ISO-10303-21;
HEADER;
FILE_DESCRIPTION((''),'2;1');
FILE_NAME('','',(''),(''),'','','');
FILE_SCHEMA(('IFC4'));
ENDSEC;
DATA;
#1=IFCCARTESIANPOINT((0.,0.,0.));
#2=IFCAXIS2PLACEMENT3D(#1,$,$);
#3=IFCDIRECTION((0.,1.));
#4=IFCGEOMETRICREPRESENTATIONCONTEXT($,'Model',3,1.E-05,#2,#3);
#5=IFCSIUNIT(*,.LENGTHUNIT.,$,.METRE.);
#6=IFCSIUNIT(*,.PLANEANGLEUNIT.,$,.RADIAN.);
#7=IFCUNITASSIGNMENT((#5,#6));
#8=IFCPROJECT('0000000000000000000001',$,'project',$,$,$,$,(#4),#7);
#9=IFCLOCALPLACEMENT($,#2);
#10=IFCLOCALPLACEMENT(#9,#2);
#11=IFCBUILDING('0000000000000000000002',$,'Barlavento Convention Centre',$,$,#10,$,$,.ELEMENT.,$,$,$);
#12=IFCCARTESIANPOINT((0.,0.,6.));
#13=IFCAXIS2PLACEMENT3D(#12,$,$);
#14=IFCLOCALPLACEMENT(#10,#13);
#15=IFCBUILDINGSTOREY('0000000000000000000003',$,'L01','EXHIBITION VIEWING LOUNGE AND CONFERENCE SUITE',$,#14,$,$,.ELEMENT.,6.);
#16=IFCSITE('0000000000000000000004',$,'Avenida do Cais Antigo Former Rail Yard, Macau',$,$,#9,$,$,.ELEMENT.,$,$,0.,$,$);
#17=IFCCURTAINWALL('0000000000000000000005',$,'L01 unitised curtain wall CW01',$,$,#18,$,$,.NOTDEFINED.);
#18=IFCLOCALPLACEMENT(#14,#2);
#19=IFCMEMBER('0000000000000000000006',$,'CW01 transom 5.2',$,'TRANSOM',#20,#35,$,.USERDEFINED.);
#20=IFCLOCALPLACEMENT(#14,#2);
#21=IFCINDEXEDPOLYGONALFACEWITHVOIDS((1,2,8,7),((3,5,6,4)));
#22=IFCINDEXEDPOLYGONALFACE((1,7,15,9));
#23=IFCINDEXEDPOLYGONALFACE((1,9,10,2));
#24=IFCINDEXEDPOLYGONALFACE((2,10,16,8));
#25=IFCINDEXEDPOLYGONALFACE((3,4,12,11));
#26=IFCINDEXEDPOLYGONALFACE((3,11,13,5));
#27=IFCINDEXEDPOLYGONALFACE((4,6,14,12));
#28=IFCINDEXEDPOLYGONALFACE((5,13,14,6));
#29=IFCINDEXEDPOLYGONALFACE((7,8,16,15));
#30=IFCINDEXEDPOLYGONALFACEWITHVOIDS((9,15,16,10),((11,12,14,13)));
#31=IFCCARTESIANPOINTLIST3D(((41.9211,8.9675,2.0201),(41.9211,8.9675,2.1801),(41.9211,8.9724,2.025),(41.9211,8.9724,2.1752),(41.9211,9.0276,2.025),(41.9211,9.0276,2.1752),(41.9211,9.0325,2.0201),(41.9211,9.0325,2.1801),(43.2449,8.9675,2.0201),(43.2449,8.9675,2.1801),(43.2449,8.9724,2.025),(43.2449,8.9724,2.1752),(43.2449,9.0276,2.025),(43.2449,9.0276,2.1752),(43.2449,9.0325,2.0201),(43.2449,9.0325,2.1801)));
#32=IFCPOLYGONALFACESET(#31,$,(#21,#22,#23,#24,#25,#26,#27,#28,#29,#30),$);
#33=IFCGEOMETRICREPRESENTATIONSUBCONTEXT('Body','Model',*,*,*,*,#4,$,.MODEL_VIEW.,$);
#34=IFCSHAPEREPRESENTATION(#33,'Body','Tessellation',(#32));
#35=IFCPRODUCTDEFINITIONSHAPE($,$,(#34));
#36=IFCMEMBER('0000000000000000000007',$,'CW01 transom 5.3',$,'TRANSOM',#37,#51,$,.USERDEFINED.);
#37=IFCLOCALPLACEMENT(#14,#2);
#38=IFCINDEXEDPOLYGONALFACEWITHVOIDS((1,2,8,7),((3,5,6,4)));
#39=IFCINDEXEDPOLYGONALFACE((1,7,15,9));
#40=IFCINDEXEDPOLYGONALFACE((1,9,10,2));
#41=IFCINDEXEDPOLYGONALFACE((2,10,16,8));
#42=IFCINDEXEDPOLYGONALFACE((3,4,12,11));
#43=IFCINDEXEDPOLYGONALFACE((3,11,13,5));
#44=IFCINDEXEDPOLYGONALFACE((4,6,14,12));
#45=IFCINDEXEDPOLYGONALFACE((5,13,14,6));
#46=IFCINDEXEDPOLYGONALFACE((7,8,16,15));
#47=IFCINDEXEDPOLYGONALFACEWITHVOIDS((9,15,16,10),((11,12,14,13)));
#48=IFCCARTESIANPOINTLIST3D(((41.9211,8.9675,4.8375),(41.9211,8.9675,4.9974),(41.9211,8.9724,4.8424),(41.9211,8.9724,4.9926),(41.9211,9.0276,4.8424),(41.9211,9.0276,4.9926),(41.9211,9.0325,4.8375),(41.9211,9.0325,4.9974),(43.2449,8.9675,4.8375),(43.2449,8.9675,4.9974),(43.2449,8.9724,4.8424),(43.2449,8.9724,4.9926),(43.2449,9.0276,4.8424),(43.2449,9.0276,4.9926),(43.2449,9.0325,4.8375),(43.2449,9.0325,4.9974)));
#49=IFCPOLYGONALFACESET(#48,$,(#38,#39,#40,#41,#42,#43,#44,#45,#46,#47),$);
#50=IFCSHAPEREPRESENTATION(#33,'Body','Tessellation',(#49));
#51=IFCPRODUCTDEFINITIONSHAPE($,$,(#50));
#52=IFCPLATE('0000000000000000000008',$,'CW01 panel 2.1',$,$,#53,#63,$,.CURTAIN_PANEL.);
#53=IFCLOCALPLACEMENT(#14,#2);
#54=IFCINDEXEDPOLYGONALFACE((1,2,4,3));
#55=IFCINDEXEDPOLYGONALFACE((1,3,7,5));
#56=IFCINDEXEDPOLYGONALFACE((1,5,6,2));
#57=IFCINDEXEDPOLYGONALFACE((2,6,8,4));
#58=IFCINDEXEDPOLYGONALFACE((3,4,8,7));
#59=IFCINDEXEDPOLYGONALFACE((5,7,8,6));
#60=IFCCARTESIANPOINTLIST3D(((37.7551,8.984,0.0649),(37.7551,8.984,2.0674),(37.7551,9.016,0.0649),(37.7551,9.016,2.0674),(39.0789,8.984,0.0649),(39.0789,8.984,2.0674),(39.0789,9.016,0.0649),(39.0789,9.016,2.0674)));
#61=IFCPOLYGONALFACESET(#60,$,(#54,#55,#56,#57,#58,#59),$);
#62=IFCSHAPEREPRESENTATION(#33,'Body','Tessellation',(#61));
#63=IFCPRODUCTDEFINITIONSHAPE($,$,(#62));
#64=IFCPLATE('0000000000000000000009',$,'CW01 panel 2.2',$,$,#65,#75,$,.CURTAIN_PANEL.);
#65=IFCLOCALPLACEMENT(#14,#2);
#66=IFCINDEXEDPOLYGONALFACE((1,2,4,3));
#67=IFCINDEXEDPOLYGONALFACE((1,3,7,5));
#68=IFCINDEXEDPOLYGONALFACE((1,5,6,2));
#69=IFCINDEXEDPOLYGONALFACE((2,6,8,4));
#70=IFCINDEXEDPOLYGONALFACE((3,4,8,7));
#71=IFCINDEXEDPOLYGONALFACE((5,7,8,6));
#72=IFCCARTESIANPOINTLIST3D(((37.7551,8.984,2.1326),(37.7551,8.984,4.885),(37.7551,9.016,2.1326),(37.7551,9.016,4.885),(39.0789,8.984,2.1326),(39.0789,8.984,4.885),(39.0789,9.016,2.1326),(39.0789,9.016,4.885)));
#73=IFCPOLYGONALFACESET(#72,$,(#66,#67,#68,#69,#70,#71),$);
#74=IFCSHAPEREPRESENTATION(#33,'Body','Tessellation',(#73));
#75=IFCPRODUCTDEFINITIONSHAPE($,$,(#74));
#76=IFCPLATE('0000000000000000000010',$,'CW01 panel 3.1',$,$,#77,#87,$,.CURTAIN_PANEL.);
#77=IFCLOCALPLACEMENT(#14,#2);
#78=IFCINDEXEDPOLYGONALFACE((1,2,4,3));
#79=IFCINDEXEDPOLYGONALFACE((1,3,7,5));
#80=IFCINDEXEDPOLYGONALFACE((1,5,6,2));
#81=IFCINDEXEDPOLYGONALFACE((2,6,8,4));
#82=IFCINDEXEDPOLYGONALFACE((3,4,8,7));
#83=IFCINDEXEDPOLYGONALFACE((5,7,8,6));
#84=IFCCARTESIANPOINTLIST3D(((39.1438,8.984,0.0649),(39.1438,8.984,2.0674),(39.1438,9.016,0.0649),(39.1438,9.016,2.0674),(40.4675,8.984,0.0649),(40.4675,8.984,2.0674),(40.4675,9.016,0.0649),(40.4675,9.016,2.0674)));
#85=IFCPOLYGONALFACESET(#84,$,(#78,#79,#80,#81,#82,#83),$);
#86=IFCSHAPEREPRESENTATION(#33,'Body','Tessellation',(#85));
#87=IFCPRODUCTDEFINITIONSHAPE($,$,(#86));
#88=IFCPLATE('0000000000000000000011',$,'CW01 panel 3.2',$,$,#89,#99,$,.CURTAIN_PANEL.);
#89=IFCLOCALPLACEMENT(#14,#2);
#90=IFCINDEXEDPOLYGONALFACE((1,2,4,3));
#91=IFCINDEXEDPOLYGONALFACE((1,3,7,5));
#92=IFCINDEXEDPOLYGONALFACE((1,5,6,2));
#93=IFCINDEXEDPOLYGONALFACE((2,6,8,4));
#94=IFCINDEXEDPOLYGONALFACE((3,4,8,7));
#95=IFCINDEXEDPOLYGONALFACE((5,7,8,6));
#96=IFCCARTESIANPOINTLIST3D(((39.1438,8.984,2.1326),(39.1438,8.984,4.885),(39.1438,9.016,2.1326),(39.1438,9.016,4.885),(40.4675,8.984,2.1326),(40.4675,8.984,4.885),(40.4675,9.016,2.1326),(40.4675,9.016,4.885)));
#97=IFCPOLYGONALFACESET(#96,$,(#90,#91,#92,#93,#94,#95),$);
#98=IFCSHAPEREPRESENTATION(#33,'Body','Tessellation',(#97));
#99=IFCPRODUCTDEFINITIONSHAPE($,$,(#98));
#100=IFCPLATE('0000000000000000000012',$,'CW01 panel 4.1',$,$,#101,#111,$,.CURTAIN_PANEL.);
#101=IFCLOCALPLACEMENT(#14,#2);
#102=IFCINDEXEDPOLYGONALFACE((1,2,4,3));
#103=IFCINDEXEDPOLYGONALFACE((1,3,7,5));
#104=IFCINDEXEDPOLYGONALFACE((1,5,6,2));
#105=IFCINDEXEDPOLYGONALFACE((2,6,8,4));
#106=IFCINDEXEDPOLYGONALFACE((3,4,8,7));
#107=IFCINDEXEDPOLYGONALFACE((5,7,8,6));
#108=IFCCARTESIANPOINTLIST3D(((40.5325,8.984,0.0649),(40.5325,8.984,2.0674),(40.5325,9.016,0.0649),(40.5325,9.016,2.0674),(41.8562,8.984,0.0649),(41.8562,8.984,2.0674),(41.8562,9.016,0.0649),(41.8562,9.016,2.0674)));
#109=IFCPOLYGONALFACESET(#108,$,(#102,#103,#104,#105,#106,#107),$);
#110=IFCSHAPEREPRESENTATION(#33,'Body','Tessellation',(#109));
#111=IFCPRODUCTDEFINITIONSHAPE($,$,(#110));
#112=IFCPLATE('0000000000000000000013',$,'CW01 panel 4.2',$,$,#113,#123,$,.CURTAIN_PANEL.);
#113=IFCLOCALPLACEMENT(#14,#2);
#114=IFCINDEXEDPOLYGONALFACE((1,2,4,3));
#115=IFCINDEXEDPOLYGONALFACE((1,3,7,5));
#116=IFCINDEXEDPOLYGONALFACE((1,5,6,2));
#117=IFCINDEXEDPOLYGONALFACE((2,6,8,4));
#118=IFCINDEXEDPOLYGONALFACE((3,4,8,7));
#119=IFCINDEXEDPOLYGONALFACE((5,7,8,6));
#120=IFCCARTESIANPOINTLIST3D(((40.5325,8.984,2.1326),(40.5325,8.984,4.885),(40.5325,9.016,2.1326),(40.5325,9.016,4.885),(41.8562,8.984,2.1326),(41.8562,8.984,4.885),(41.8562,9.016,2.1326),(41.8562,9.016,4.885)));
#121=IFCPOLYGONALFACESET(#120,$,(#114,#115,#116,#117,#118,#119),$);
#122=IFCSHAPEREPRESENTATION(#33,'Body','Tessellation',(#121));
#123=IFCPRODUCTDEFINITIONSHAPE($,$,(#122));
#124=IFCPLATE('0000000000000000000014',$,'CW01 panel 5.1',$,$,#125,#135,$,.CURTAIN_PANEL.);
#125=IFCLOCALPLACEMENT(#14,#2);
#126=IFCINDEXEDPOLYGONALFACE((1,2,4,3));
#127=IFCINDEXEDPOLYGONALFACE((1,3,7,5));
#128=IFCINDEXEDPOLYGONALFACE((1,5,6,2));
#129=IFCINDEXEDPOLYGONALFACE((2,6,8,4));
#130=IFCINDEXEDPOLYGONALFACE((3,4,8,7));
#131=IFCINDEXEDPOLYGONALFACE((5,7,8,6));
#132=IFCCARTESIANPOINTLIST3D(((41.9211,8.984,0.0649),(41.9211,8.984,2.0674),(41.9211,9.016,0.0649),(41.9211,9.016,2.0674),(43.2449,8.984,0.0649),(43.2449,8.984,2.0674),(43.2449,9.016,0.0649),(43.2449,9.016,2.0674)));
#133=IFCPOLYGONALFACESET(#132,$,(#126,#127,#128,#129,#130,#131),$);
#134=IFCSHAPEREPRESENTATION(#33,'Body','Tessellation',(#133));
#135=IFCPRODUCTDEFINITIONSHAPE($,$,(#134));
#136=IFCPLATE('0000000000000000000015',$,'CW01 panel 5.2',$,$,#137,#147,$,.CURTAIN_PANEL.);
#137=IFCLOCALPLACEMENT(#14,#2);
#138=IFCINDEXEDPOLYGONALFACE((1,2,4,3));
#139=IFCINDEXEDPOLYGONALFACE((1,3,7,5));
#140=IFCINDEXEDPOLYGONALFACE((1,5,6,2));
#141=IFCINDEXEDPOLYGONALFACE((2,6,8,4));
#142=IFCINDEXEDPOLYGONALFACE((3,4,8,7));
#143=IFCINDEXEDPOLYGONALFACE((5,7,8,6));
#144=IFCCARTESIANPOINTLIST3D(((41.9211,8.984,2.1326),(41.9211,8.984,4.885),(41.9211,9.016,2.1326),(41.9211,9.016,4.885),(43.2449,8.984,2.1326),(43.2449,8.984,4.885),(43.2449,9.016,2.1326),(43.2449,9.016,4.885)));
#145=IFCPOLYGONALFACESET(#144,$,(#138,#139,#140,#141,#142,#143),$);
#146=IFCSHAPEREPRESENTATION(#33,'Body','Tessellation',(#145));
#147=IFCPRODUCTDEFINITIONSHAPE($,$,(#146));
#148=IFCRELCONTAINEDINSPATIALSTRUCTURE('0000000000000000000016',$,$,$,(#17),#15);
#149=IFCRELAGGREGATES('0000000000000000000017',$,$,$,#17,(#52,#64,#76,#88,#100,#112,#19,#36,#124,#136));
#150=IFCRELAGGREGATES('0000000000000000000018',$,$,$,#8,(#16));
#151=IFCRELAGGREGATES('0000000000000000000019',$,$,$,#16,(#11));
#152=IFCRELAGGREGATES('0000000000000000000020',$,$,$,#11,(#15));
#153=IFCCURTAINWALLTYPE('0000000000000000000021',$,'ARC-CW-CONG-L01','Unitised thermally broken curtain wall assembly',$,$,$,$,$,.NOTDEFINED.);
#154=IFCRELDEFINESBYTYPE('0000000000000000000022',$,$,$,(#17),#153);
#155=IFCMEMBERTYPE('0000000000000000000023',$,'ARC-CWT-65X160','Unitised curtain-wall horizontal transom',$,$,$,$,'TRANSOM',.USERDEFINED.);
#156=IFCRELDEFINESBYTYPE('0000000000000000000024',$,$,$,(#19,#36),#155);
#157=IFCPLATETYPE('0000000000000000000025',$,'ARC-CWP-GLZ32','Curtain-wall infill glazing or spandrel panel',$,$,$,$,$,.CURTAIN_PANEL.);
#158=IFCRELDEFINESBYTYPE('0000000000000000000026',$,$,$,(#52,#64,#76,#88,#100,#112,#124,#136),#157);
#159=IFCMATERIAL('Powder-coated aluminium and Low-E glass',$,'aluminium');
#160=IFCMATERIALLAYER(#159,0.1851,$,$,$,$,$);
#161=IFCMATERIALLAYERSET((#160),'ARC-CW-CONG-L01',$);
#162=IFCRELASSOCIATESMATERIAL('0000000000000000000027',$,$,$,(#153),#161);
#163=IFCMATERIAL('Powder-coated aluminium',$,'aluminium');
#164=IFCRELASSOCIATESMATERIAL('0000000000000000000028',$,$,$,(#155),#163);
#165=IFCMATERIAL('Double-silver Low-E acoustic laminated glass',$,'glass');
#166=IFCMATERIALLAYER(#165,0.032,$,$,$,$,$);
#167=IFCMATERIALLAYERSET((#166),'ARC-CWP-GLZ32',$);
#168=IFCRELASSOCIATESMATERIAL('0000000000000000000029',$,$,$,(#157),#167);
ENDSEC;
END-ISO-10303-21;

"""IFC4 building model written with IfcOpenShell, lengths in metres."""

from ifc_helpers import new_model, si_unit, direction, frame, origin, origin_2d, place, context, subcontext, project, spatial, rectangle, hollow_rectangle, extrude, material, layer, layer_set, material_profile, profile_set, type_object, element, aggregate, save


model = new_model("IFC4")

# Units and contexts
model_context = context("Model", 3, precision=1e-05, world=origin(), true_north=direction((0.0, 1.0)))
body_context = subcontext(model_context, "Body", "Model", "MODEL_VIEW")
ifc_project = project(units=[si_unit("LENGTHUNIT", "METRE"), si_unit("PLANEANGLEUNIT", "RADIAN")], contexts=[model_context])

# Site, building, storey
site_placement = place(None, origin())
site = spatial("IfcSite", under=ifc_project, at=site_placement, Name="Avenida do Cais Antigo Former Rail Yard, Macau", CompositionType="ELEMENT", RefElevation=0.0)
building_placement = place(site_placement, origin())
building = spatial("IfcBuilding", under=site, at=building_placement, Name="Barlavento Convention Centre", CompositionType="ELEMENT")
storey_placement = place(building_placement, frame((0.0, 0.0, 6.0)))
storey = spatial("IfcBuildingStorey", under=building, at=storey_placement, Name="L01", Description="EXHIBITION VIEWING LOUNGE AND CONFERENCE SUITE", CompositionType="ELEMENT", Elevation=6.0)

# Curtain wall, members, plates
ifc_material_1 = material(Name="Powder-coated aluminium and Low-E glass", Category="aluminium")
ifc_layer_1 = layer(ifc_material_1, 0.1851)
ifc_layer_set_1 = layer_set([ifc_layer_1], Name="ARC-CW-CONG-L01")
curtain_wall_type = type_object("IfcCurtainWallType", Name="ARC-CW-CONG-L01", Description="Unitised thermally broken curtain wall assembly", PredefinedType="NOTDEFINED", material=ifc_layer_set_1)
curtain_wall_placement = place(storey_placement, origin())
curtain_wall = element("IfcCurtainWall", 1, at=curtain_wall_placement, inside=storey, type_object=curtain_wall_type, Name="L01 unitised curtain wall CW01", PredefinedType="NOTDEFINED")
ifc_material_2 = material(Name="Powder-coated aluminium", Category="aluminium")
ifc_material_profile_1 = material_profile(ifc_material_2, hollow_rectangle(XDim=0.0649, YDim=0.1599, WallThickness=0.0049, at=origin_2d()), Name="AL-TRAN 65x160x5")
ifc_profile_set_1 = profile_set([ifc_material_profile_1], Name="Powder-coated aluminium")
member_type_1 = type_object("IfcMemberType", Name="ARC-CWT-65X160", Description="Unitised curtain-wall horizontal transom", ElementType="TRANSOM", PredefinedType="USERDEFINED", material=ifc_profile_set_1)
member_1_placement = place(storey_placement, frame((41.9211, 9.0, 2.1001), z_axis=(1.0, 0.0, 0.0), x_axis=(0.0, 1.0, 0.0)))
member_1 = element("IfcMember", 2, at=member_1_placement, type_object=member_type_1, Name="CW01 transom 5.2", ObjectType="TRANSOM", PredefinedType="USERDEFINED", context=body_context, shape_type="SweptSolid", body=[
    extrude(hollow_rectangle(XDim=0.0649, YDim=0.1599, WallThickness=0.0049, at=origin_2d()), origin(), (0.0, 0.0, 1.0), 1.3237),
])
member_2_placement = place(storey_placement, frame((41.9211, 9.0, 4.9175), z_axis=(1.0, 0.0, 0.0), x_axis=(0.0, 1.0, 0.0)))
member_2 = element("IfcMember", 3, at=member_2_placement, type_object=member_type_1, Name="CW01 transom 5.3", ObjectType="TRANSOM", PredefinedType="USERDEFINED", context=body_context, shape_type="SweptSolid", body=[
    extrude(hollow_rectangle(XDim=0.0649, YDim=0.1599, WallThickness=0.0049, at=origin_2d()), origin(), (0.0, 0.0, 1.0), 1.3237),
])
ifc_material_3 = material(Name="Double-silver Low-E acoustic laminated glass", Category="glass")
ifc_layer_2 = layer(ifc_material_3, 0.032)
ifc_layer_set_2 = layer_set([ifc_layer_2], Name="ARC-CWP-GLZ32")
plate_type = type_object("IfcPlateType", Name="ARC-CWP-GLZ32", Description="Curtain-wall infill glazing or spandrel panel", PredefinedType="CURTAIN_PANEL", material=ifc_layer_set_2)
plate_1_placement = place(storey_placement, frame((38.417, 9.0, 0.0649), z_axis=(0.0, 0.0, 1.0), x_axis=(1.0, 0.0, 0.0)))
plate_1 = element("IfcPlate", 4, at=plate_1_placement, type_object=plate_type, Name="CW01 panel 2.1", PredefinedType="CURTAIN_PANEL", context=body_context, shape_type="SweptSolid", body=[
    extrude(rectangle(XDim=1.3237, YDim=0.032, at=origin_2d()), origin(), (0.0, 0.0, 1.0), 2.0024),
])
plate_2_placement = place(storey_placement, frame((38.417, 9.0, 2.1326), z_axis=(0.0, 0.0, 1.0), x_axis=(1.0, 0.0, 0.0)))
plate_2 = element("IfcPlate", 5, at=plate_2_placement, type_object=plate_type, Name="CW01 panel 2.2", PredefinedType="CURTAIN_PANEL", context=body_context, shape_type="SweptSolid", body=[
    extrude(rectangle(XDim=1.3237, YDim=0.032, at=origin_2d()), origin(), (0.0, 0.0, 1.0), 2.7524),
])
plate_3_placement = place(storey_placement, frame((39.8057, 9.0, 0.0649), z_axis=(0.0, 0.0, 1.0), x_axis=(1.0, 0.0, 0.0)))
plate_3 = element("IfcPlate", 6, at=plate_3_placement, type_object=plate_type, Name="CW01 panel 3.1", PredefinedType="CURTAIN_PANEL", context=body_context, shape_type="SweptSolid", body=[
    extrude(rectangle(XDim=1.3237, YDim=0.032, at=origin_2d()), origin(), (0.0, 0.0, 1.0), 2.0024),
])
plate_4_placement = place(storey_placement, frame((39.8057, 9.0, 2.1326), z_axis=(0.0, 0.0, 1.0), x_axis=(1.0, 0.0, 0.0)))
plate_4 = element("IfcPlate", 7, at=plate_4_placement, type_object=plate_type, Name="CW01 panel 3.2", PredefinedType="CURTAIN_PANEL", context=body_context, shape_type="SweptSolid", body=[
    extrude(rectangle(XDim=1.3237, YDim=0.032, at=origin_2d()), origin(), (0.0, 0.0, 1.0), 2.7524),
])
plate_5_placement = place(storey_placement, frame((41.1943, 9.0, 0.0649), z_axis=(0.0, 0.0, 1.0), x_axis=(1.0, 0.0, 0.0)))
plate_5 = element("IfcPlate", 8, at=plate_5_placement, type_object=plate_type, Name="CW01 panel 4.1", PredefinedType="CURTAIN_PANEL", context=body_context, shape_type="SweptSolid", body=[
    extrude(rectangle(XDim=1.3237, YDim=0.032, at=origin_2d()), origin(), (0.0, 0.0, 1.0), 2.0024),
])
plate_6_placement = place(storey_placement, frame((41.1943, 9.0, 2.1326), z_axis=(0.0, 0.0, 1.0), x_axis=(1.0, 0.0, 0.0)))
plate_6 = element("IfcPlate", 9, at=plate_6_placement, type_object=plate_type, Name="CW01 panel 4.2", PredefinedType="CURTAIN_PANEL", context=body_context, shape_type="SweptSolid", body=[
    extrude(rectangle(XDim=1.3237, YDim=0.032, at=origin_2d()), origin(), (0.0, 0.0, 1.0), 2.7524),
])
plate_7_placement = place(storey_placement, frame((42.583, 9.0, 0.0649), z_axis=(0.0, 0.0, 1.0), x_axis=(1.0, 0.0, 0.0)))
plate_7 = element("IfcPlate", 10, at=plate_7_placement, type_object=plate_type, Name="CW01 panel 5.1", PredefinedType="CURTAIN_PANEL", context=body_context, shape_type="SweptSolid", body=[
    extrude(rectangle(XDim=1.3237, YDim=0.032, at=origin_2d()), origin(), (0.0, 0.0, 1.0), 2.0024),
])
plate_8_placement = place(storey_placement, frame((42.583, 9.0, 2.1326), z_axis=(0.0, 0.0, 1.0), x_axis=(1.0, 0.0, 0.0)))
plate_8 = element("IfcPlate", 11, at=plate_8_placement, type_object=plate_type, Name="CW01 panel 5.2", PredefinedType="CURTAIN_PANEL", context=body_context, shape_type="SweptSolid", body=[
    extrude(rectangle(XDim=1.3237, YDim=0.032, at=origin_2d()), origin(), (0.0, 0.0, 1.0), 2.7524),
])
aggregate(curtain_wall, [plate_1, plate_2, plate_3, plate_4, plate_5, plate_6, member_1, member_2, plate_7, plate_8])

save(model, "model.ifc")
